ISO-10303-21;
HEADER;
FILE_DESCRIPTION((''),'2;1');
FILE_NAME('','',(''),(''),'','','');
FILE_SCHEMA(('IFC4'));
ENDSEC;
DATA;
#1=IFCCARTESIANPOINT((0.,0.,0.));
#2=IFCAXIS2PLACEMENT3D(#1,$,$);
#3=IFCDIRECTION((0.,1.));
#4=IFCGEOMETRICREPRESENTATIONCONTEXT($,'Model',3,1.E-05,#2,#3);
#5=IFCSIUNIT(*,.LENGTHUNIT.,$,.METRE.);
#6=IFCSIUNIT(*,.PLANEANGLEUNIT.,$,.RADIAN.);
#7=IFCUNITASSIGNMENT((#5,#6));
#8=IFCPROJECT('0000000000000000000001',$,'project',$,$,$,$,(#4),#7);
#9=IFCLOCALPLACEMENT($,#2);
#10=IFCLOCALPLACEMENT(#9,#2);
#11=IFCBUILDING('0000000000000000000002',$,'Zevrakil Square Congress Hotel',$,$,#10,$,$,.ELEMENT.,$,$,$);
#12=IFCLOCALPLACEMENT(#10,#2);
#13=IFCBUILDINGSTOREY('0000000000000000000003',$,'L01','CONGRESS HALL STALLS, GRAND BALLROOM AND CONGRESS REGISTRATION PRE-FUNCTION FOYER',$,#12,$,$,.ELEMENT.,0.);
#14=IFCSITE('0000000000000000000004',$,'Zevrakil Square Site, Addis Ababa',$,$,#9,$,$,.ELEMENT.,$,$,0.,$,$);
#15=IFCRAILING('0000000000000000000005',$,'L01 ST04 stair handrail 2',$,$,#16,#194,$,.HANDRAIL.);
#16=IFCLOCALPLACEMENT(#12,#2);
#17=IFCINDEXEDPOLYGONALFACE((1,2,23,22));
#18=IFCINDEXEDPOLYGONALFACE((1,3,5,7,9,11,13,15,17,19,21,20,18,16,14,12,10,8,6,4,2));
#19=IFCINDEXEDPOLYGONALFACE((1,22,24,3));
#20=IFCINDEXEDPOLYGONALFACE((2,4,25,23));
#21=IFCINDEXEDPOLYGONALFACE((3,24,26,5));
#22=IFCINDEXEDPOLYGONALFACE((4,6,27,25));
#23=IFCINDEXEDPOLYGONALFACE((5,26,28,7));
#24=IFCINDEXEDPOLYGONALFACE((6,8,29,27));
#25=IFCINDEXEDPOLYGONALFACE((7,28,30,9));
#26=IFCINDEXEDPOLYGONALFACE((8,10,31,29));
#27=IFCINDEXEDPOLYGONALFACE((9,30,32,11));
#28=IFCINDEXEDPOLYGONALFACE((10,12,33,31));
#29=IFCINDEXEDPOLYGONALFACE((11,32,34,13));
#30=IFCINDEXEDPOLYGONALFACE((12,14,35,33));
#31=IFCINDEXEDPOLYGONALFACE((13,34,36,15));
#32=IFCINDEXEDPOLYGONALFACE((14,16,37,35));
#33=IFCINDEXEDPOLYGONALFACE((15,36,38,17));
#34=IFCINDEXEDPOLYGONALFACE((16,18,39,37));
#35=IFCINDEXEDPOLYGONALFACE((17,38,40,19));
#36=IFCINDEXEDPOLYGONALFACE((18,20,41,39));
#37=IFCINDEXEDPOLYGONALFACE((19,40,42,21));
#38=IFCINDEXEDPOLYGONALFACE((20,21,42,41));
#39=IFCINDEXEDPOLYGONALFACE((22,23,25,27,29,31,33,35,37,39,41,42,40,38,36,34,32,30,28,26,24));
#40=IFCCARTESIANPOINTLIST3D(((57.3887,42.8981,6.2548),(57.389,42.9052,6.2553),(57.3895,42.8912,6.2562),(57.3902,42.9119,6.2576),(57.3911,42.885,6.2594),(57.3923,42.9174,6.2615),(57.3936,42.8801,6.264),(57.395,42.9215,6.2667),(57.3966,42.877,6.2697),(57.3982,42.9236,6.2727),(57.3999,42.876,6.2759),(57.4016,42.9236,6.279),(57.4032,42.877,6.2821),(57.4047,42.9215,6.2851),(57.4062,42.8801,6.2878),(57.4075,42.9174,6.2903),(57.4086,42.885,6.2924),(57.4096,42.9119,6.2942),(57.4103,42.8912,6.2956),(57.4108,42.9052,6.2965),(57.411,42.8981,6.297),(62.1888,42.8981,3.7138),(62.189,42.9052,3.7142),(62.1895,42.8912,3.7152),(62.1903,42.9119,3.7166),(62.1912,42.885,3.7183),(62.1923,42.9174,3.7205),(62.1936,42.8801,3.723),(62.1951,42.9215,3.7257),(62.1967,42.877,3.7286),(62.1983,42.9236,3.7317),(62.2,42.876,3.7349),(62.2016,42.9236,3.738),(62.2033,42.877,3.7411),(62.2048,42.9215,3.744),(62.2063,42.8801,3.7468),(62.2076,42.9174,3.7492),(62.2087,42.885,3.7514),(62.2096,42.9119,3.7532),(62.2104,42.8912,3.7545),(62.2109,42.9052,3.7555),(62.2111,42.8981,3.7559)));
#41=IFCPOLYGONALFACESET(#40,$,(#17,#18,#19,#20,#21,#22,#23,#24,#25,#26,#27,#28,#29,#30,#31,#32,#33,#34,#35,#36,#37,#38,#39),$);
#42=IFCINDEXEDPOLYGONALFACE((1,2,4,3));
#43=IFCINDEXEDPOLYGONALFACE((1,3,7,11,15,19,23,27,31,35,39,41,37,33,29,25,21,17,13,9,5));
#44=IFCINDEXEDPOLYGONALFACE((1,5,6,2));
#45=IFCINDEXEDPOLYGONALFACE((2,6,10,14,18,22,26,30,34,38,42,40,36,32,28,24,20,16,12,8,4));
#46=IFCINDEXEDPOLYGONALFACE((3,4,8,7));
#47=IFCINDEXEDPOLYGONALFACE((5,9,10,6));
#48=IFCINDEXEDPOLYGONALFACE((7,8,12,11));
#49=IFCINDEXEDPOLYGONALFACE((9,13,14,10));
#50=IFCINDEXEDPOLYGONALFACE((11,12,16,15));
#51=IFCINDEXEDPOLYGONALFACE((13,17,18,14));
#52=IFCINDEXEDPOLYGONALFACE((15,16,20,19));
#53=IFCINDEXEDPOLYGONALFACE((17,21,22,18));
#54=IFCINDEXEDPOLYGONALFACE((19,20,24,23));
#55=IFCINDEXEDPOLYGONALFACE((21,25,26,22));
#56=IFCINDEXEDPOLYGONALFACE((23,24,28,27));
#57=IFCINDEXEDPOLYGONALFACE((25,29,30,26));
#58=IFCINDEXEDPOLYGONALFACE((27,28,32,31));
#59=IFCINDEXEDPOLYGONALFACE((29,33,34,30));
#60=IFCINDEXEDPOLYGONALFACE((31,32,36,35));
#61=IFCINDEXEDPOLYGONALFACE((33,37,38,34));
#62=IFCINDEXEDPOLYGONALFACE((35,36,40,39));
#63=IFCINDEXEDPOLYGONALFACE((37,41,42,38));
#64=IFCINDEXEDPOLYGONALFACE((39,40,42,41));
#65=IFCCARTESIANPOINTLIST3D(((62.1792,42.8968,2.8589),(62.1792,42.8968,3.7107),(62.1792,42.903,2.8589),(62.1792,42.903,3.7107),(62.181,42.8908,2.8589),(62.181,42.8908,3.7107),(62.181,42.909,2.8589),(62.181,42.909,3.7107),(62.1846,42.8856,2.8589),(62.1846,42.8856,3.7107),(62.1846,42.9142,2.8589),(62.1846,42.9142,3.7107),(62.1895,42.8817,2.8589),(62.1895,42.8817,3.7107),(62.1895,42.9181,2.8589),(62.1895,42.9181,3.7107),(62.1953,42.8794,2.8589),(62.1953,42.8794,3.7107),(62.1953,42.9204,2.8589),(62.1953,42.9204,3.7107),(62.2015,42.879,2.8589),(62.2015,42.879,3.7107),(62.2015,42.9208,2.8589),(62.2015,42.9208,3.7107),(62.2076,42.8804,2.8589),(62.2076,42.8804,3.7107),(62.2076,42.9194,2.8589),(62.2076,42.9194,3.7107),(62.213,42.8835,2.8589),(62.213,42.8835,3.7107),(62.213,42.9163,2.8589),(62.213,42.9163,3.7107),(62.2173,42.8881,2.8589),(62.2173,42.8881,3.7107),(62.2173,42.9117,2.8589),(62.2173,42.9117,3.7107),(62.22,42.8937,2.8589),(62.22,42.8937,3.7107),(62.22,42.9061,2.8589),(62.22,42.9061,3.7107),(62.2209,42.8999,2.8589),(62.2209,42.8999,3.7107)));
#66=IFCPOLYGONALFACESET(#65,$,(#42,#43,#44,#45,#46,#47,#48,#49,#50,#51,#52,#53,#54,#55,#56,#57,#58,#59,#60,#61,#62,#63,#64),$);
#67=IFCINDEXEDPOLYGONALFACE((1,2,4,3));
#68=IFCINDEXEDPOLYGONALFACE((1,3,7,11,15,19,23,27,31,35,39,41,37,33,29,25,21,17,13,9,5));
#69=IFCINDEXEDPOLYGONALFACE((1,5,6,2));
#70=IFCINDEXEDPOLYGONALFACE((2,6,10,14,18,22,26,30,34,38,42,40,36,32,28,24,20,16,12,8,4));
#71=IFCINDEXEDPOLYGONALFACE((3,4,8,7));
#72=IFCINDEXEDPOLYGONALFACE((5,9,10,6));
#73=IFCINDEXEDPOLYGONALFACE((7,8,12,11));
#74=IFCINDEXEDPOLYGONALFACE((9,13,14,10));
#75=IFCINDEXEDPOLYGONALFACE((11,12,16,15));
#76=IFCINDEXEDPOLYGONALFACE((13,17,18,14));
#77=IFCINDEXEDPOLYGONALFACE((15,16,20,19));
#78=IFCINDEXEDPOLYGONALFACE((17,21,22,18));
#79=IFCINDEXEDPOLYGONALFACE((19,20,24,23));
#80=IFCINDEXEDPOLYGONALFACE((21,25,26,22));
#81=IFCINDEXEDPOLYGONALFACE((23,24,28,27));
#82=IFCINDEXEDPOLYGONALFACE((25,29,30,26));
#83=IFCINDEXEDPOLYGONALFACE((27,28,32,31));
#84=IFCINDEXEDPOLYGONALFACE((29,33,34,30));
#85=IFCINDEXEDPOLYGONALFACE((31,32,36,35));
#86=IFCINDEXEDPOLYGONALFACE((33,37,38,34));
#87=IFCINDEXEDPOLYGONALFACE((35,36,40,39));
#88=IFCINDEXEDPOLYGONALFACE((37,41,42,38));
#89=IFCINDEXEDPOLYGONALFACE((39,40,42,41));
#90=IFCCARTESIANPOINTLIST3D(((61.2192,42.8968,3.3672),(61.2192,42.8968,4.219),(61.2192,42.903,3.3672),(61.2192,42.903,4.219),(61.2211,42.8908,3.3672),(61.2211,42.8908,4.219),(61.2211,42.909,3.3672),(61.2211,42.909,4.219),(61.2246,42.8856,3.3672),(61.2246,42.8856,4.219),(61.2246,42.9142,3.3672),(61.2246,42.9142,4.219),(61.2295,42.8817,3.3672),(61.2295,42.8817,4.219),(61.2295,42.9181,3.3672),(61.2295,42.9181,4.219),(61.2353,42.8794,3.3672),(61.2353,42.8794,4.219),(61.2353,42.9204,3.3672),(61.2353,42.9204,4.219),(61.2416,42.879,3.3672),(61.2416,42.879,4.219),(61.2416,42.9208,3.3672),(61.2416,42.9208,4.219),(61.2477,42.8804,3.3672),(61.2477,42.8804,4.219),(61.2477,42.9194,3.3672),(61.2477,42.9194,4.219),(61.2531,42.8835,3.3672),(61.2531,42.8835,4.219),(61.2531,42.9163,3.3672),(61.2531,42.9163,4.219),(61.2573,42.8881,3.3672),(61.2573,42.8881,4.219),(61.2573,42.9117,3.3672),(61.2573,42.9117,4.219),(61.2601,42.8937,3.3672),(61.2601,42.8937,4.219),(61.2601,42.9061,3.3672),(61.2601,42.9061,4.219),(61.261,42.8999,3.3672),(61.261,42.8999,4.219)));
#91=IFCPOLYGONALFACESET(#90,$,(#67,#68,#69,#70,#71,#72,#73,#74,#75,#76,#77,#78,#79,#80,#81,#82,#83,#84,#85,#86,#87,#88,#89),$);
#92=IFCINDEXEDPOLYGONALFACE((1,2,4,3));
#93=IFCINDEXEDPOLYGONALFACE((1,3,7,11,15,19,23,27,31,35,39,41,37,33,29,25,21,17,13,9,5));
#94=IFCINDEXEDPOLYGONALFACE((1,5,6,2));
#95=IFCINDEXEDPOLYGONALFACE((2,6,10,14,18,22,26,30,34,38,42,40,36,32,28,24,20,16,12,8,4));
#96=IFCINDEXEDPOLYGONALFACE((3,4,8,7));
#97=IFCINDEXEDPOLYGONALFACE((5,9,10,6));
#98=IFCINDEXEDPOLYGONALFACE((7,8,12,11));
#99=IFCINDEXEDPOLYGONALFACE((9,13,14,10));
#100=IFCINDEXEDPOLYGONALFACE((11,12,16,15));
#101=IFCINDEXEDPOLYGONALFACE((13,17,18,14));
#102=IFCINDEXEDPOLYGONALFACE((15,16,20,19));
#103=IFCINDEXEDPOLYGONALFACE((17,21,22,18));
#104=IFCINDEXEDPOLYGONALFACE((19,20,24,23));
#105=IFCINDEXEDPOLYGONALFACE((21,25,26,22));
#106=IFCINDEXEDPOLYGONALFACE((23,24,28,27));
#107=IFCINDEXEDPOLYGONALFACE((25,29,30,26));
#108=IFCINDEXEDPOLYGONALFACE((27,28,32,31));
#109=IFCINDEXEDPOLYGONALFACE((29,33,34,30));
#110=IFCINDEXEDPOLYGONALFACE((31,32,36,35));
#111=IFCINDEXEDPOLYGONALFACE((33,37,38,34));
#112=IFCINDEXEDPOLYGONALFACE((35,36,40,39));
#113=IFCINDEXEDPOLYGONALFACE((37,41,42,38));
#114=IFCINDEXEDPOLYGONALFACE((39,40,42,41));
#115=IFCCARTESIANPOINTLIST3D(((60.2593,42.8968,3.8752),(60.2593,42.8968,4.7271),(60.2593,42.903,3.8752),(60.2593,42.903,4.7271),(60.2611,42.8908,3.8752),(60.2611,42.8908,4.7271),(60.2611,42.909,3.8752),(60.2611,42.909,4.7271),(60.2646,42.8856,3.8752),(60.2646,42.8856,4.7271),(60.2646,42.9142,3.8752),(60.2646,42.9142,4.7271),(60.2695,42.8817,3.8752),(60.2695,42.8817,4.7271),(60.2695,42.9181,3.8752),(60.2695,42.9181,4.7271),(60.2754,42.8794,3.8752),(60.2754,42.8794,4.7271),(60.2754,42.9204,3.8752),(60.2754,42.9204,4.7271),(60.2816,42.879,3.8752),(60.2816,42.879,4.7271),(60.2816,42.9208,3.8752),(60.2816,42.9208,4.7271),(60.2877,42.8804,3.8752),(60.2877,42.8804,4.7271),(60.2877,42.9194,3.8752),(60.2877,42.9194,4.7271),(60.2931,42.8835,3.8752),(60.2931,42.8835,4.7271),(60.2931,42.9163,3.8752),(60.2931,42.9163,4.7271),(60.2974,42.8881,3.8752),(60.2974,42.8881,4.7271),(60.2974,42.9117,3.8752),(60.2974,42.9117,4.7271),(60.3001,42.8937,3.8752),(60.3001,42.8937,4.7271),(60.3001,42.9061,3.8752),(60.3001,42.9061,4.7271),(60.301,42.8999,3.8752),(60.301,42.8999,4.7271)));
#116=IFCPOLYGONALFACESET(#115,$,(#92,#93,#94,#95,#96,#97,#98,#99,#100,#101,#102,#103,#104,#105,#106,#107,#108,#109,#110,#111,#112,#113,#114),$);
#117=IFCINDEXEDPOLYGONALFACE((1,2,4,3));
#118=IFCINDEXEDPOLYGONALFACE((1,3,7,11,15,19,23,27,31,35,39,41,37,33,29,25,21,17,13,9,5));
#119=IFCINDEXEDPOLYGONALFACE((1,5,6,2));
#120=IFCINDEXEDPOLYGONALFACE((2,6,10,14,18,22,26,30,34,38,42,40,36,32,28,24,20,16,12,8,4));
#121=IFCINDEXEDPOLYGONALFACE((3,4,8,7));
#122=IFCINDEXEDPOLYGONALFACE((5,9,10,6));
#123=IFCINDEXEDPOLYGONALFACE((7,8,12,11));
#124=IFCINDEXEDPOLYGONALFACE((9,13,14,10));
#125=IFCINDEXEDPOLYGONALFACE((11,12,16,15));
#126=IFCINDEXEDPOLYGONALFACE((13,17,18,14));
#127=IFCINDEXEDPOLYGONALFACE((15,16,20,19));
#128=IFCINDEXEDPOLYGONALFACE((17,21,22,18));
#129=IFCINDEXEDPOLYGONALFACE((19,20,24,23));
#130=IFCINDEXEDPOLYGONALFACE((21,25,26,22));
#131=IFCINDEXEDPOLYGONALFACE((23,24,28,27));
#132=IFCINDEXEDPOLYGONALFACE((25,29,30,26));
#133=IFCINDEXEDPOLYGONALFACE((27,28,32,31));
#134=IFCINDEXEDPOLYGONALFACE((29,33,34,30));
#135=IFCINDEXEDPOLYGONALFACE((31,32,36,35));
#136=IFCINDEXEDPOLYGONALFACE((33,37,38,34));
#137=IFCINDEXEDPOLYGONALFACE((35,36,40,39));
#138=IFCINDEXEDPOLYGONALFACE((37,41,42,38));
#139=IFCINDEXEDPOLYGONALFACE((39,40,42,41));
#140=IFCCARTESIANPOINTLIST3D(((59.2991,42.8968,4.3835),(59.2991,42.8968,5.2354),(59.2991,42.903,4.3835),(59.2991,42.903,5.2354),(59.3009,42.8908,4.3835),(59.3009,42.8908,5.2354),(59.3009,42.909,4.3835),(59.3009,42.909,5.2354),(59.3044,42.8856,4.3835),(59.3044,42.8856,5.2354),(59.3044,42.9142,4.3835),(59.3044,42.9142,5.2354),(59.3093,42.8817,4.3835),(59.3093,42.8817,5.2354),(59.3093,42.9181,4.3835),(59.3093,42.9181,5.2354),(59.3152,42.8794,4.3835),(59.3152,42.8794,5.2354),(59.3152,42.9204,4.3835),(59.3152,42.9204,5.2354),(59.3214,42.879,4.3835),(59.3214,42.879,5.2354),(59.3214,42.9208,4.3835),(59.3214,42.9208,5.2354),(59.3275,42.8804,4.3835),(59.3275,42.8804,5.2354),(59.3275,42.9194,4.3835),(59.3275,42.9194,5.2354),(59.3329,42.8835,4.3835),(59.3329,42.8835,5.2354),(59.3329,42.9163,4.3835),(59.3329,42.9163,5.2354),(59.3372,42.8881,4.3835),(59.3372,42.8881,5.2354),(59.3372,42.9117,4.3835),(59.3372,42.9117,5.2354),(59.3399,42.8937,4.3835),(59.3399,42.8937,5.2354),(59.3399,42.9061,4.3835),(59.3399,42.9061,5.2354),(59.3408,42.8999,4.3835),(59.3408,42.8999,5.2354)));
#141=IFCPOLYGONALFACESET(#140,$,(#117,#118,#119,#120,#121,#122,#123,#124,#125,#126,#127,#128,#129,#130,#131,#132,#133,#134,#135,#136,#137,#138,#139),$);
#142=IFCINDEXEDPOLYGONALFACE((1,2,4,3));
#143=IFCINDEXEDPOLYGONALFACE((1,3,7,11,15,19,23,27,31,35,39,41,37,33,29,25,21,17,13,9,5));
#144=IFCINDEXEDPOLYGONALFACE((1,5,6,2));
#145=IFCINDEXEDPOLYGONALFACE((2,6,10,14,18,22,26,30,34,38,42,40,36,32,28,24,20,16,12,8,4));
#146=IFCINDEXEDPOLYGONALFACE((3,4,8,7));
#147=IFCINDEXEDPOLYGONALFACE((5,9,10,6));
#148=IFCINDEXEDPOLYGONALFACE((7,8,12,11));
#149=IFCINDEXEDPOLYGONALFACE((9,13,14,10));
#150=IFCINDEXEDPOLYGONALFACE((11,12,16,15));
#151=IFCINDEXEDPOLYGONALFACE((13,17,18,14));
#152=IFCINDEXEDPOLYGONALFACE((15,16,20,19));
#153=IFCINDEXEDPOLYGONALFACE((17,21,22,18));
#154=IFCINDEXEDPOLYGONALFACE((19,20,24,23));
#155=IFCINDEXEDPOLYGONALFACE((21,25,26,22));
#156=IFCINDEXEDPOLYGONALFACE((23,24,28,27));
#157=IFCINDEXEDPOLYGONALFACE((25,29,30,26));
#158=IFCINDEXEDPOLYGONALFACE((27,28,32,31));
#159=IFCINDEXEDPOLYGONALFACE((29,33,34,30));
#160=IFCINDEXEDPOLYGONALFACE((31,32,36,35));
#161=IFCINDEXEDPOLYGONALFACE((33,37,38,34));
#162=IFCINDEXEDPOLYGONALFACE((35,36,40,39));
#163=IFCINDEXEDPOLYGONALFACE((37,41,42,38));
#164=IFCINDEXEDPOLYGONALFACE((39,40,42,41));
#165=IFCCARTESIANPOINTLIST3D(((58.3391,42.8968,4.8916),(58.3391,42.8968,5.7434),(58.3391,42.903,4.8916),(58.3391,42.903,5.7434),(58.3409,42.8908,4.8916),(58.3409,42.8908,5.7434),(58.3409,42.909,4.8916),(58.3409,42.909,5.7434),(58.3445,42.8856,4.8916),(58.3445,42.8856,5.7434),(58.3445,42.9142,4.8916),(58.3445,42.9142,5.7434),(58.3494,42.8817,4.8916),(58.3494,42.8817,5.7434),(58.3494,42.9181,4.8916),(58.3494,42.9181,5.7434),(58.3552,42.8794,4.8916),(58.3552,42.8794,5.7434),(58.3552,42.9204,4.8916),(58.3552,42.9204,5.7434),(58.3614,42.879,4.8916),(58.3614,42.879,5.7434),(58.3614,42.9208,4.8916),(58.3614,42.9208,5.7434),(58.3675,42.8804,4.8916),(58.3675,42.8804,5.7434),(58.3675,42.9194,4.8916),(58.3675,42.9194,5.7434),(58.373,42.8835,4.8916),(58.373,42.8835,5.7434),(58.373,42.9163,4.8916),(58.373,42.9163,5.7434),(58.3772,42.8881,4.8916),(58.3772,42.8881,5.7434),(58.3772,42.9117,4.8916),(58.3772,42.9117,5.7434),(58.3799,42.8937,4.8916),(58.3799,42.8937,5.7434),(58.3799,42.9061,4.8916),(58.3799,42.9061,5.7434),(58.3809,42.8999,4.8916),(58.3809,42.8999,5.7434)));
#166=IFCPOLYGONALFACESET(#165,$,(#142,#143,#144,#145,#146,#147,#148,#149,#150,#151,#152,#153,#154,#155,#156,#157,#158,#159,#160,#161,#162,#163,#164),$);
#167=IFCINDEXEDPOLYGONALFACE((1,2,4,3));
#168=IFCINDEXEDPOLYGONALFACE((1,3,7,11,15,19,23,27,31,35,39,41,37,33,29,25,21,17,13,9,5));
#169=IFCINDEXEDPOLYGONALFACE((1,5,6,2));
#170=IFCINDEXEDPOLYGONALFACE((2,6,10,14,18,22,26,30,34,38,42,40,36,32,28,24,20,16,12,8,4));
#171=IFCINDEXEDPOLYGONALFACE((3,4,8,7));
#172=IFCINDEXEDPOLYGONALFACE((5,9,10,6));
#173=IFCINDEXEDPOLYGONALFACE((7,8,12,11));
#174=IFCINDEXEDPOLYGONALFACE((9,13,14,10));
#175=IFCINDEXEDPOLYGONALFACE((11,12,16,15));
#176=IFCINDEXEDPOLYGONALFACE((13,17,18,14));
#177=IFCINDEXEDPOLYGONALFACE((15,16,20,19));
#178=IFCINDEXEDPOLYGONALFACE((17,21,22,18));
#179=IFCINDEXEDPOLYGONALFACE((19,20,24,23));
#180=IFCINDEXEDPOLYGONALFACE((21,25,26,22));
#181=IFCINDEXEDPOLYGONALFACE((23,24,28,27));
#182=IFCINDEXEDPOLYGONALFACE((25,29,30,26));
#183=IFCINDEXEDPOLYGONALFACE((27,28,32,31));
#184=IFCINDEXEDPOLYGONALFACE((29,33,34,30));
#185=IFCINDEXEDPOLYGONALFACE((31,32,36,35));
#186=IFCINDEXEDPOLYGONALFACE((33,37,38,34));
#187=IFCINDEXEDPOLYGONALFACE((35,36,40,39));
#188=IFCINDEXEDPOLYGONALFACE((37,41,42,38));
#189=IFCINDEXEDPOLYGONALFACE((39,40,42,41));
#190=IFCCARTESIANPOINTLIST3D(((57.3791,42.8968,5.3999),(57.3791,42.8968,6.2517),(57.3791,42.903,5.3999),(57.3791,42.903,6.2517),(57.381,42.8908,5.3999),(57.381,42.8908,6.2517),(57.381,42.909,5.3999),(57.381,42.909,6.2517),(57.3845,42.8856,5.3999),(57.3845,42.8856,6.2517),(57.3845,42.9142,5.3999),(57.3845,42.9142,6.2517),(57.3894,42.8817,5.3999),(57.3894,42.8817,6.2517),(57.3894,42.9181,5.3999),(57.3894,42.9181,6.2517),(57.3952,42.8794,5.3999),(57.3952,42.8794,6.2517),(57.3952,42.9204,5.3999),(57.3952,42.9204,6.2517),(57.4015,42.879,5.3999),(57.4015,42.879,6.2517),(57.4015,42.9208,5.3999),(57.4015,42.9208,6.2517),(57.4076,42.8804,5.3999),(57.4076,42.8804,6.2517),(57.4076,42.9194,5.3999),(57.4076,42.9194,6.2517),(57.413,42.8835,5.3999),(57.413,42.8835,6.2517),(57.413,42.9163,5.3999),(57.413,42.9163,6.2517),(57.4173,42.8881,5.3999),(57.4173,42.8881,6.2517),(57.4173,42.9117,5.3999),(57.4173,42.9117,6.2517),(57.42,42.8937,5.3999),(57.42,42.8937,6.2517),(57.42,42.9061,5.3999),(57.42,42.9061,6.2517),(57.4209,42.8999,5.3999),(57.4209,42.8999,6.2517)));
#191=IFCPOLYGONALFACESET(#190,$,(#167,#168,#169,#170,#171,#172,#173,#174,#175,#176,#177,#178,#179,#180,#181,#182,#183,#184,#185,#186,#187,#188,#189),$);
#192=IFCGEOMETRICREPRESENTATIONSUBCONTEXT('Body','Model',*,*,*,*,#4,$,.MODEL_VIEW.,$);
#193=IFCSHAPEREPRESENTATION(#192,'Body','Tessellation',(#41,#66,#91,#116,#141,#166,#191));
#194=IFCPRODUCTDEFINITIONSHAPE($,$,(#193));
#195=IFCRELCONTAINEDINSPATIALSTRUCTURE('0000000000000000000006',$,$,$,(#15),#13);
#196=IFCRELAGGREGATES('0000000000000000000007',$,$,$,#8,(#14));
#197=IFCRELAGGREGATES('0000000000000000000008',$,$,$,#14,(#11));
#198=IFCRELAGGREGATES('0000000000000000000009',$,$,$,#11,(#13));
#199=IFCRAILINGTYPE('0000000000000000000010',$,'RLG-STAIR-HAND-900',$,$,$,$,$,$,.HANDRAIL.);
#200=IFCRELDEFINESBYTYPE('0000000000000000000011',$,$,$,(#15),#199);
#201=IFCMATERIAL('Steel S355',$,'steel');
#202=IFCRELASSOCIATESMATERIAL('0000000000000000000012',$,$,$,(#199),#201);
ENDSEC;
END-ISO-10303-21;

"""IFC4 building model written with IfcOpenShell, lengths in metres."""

from ifc_helpers import new_model, si_unit, direction, frame, origin, origin_2d, place, context, subcontext, project, spatial, circle, extrude, material, type_object, element, save


model = new_model("IFC4")

# Units and contexts
model_context = context("Model", 3, precision=1e-05, world=origin(), true_north=direction((0.0, 1.0)))
body_context = subcontext(model_context, "Body", "Model", "MODEL_VIEW")
ifc_project = project(units=[si_unit("LENGTHUNIT", "METRE"), si_unit("PLANEANGLEUNIT", "RADIAN")], contexts=[model_context])

# Site, building, storey
site_placement = place(None, origin())
site = spatial("IfcSite", under=ifc_project, at=site_placement, Name="Zevrakil Square Site, Addis Ababa", CompositionType="ELEMENT", RefElevation=0.0)
building_placement = place(site_placement, origin())
building = spatial("IfcBuilding", under=site, at=building_placement, Name="Zevrakil Square Congress Hotel", CompositionType="ELEMENT")
storey_placement = place(building_placement, origin())
storey = spatial("IfcBuildingStorey", under=building, at=storey_placement, Name="L01", Description="CONGRESS HALL STALLS, GRAND BALLROOM AND CONGRESS REGISTRATION PRE-FUNCTION FOYER", CompositionType="ELEMENT", Elevation=0.0)

# Railing
ifc_material_1 = material(Name="Steel S355", Category="steel")
railing_type_1 = type_object("IfcRailingType", Name="RLG-STAIR-HAND-900", PredefinedType="HANDRAIL", material=ifc_material_1)
railing_1_placement = place(storey_placement, frame((62.2, 42.8999, 2.8589)))
element("IfcRailing", 1, at=railing_1_placement, inside=storey, type_object=railing_type_1, Name="L01 ST04 stair handrail 2", PredefinedType="HANDRAIL", context=body_context, shape_type="SweptSolid", body=[
    extrude(circle(Radius=0.0239, at=origin_2d()), frame((0.0, 0.0, 0.876), z_axis=(-0.883802, 0.0, 0.467861), x_axis=(0.0, -1.0, 0.0)), (0.0, 0.0, 1.0), 5.4312),
    extrude(circle(Radius=0.021, at=origin_2d()), origin(), (0.0, 0.0, 1.0), 0.8518),
    extrude(circle(Radius=0.021, at=origin_2d()), frame((-0.96, 0.0, 0.5083)), (0.0, 0.0, 1.0), 0.8518),
    extrude(circle(Radius=0.021, at=origin_2d()), frame((-1.9199, 0.0, 1.0164)), (0.0, 0.0, 1.0), 0.8518),
    extrude(circle(Radius=0.021, at=origin_2d()), frame((-2.8801, 0.0, 1.5247)), (0.0, 0.0, 1.0), 0.8518),
    extrude(circle(Radius=0.021, at=origin_2d()), frame((-3.8401, 0.0, 2.0327)), (0.0, 0.0, 1.0), 0.8518),
    extrude(circle(Radius=0.021, at=origin_2d()), frame((-4.8, 0.0, 2.541)), (0.0, 0.0, 1.0), 0.8518),
])

save(model, "model.ifc")
